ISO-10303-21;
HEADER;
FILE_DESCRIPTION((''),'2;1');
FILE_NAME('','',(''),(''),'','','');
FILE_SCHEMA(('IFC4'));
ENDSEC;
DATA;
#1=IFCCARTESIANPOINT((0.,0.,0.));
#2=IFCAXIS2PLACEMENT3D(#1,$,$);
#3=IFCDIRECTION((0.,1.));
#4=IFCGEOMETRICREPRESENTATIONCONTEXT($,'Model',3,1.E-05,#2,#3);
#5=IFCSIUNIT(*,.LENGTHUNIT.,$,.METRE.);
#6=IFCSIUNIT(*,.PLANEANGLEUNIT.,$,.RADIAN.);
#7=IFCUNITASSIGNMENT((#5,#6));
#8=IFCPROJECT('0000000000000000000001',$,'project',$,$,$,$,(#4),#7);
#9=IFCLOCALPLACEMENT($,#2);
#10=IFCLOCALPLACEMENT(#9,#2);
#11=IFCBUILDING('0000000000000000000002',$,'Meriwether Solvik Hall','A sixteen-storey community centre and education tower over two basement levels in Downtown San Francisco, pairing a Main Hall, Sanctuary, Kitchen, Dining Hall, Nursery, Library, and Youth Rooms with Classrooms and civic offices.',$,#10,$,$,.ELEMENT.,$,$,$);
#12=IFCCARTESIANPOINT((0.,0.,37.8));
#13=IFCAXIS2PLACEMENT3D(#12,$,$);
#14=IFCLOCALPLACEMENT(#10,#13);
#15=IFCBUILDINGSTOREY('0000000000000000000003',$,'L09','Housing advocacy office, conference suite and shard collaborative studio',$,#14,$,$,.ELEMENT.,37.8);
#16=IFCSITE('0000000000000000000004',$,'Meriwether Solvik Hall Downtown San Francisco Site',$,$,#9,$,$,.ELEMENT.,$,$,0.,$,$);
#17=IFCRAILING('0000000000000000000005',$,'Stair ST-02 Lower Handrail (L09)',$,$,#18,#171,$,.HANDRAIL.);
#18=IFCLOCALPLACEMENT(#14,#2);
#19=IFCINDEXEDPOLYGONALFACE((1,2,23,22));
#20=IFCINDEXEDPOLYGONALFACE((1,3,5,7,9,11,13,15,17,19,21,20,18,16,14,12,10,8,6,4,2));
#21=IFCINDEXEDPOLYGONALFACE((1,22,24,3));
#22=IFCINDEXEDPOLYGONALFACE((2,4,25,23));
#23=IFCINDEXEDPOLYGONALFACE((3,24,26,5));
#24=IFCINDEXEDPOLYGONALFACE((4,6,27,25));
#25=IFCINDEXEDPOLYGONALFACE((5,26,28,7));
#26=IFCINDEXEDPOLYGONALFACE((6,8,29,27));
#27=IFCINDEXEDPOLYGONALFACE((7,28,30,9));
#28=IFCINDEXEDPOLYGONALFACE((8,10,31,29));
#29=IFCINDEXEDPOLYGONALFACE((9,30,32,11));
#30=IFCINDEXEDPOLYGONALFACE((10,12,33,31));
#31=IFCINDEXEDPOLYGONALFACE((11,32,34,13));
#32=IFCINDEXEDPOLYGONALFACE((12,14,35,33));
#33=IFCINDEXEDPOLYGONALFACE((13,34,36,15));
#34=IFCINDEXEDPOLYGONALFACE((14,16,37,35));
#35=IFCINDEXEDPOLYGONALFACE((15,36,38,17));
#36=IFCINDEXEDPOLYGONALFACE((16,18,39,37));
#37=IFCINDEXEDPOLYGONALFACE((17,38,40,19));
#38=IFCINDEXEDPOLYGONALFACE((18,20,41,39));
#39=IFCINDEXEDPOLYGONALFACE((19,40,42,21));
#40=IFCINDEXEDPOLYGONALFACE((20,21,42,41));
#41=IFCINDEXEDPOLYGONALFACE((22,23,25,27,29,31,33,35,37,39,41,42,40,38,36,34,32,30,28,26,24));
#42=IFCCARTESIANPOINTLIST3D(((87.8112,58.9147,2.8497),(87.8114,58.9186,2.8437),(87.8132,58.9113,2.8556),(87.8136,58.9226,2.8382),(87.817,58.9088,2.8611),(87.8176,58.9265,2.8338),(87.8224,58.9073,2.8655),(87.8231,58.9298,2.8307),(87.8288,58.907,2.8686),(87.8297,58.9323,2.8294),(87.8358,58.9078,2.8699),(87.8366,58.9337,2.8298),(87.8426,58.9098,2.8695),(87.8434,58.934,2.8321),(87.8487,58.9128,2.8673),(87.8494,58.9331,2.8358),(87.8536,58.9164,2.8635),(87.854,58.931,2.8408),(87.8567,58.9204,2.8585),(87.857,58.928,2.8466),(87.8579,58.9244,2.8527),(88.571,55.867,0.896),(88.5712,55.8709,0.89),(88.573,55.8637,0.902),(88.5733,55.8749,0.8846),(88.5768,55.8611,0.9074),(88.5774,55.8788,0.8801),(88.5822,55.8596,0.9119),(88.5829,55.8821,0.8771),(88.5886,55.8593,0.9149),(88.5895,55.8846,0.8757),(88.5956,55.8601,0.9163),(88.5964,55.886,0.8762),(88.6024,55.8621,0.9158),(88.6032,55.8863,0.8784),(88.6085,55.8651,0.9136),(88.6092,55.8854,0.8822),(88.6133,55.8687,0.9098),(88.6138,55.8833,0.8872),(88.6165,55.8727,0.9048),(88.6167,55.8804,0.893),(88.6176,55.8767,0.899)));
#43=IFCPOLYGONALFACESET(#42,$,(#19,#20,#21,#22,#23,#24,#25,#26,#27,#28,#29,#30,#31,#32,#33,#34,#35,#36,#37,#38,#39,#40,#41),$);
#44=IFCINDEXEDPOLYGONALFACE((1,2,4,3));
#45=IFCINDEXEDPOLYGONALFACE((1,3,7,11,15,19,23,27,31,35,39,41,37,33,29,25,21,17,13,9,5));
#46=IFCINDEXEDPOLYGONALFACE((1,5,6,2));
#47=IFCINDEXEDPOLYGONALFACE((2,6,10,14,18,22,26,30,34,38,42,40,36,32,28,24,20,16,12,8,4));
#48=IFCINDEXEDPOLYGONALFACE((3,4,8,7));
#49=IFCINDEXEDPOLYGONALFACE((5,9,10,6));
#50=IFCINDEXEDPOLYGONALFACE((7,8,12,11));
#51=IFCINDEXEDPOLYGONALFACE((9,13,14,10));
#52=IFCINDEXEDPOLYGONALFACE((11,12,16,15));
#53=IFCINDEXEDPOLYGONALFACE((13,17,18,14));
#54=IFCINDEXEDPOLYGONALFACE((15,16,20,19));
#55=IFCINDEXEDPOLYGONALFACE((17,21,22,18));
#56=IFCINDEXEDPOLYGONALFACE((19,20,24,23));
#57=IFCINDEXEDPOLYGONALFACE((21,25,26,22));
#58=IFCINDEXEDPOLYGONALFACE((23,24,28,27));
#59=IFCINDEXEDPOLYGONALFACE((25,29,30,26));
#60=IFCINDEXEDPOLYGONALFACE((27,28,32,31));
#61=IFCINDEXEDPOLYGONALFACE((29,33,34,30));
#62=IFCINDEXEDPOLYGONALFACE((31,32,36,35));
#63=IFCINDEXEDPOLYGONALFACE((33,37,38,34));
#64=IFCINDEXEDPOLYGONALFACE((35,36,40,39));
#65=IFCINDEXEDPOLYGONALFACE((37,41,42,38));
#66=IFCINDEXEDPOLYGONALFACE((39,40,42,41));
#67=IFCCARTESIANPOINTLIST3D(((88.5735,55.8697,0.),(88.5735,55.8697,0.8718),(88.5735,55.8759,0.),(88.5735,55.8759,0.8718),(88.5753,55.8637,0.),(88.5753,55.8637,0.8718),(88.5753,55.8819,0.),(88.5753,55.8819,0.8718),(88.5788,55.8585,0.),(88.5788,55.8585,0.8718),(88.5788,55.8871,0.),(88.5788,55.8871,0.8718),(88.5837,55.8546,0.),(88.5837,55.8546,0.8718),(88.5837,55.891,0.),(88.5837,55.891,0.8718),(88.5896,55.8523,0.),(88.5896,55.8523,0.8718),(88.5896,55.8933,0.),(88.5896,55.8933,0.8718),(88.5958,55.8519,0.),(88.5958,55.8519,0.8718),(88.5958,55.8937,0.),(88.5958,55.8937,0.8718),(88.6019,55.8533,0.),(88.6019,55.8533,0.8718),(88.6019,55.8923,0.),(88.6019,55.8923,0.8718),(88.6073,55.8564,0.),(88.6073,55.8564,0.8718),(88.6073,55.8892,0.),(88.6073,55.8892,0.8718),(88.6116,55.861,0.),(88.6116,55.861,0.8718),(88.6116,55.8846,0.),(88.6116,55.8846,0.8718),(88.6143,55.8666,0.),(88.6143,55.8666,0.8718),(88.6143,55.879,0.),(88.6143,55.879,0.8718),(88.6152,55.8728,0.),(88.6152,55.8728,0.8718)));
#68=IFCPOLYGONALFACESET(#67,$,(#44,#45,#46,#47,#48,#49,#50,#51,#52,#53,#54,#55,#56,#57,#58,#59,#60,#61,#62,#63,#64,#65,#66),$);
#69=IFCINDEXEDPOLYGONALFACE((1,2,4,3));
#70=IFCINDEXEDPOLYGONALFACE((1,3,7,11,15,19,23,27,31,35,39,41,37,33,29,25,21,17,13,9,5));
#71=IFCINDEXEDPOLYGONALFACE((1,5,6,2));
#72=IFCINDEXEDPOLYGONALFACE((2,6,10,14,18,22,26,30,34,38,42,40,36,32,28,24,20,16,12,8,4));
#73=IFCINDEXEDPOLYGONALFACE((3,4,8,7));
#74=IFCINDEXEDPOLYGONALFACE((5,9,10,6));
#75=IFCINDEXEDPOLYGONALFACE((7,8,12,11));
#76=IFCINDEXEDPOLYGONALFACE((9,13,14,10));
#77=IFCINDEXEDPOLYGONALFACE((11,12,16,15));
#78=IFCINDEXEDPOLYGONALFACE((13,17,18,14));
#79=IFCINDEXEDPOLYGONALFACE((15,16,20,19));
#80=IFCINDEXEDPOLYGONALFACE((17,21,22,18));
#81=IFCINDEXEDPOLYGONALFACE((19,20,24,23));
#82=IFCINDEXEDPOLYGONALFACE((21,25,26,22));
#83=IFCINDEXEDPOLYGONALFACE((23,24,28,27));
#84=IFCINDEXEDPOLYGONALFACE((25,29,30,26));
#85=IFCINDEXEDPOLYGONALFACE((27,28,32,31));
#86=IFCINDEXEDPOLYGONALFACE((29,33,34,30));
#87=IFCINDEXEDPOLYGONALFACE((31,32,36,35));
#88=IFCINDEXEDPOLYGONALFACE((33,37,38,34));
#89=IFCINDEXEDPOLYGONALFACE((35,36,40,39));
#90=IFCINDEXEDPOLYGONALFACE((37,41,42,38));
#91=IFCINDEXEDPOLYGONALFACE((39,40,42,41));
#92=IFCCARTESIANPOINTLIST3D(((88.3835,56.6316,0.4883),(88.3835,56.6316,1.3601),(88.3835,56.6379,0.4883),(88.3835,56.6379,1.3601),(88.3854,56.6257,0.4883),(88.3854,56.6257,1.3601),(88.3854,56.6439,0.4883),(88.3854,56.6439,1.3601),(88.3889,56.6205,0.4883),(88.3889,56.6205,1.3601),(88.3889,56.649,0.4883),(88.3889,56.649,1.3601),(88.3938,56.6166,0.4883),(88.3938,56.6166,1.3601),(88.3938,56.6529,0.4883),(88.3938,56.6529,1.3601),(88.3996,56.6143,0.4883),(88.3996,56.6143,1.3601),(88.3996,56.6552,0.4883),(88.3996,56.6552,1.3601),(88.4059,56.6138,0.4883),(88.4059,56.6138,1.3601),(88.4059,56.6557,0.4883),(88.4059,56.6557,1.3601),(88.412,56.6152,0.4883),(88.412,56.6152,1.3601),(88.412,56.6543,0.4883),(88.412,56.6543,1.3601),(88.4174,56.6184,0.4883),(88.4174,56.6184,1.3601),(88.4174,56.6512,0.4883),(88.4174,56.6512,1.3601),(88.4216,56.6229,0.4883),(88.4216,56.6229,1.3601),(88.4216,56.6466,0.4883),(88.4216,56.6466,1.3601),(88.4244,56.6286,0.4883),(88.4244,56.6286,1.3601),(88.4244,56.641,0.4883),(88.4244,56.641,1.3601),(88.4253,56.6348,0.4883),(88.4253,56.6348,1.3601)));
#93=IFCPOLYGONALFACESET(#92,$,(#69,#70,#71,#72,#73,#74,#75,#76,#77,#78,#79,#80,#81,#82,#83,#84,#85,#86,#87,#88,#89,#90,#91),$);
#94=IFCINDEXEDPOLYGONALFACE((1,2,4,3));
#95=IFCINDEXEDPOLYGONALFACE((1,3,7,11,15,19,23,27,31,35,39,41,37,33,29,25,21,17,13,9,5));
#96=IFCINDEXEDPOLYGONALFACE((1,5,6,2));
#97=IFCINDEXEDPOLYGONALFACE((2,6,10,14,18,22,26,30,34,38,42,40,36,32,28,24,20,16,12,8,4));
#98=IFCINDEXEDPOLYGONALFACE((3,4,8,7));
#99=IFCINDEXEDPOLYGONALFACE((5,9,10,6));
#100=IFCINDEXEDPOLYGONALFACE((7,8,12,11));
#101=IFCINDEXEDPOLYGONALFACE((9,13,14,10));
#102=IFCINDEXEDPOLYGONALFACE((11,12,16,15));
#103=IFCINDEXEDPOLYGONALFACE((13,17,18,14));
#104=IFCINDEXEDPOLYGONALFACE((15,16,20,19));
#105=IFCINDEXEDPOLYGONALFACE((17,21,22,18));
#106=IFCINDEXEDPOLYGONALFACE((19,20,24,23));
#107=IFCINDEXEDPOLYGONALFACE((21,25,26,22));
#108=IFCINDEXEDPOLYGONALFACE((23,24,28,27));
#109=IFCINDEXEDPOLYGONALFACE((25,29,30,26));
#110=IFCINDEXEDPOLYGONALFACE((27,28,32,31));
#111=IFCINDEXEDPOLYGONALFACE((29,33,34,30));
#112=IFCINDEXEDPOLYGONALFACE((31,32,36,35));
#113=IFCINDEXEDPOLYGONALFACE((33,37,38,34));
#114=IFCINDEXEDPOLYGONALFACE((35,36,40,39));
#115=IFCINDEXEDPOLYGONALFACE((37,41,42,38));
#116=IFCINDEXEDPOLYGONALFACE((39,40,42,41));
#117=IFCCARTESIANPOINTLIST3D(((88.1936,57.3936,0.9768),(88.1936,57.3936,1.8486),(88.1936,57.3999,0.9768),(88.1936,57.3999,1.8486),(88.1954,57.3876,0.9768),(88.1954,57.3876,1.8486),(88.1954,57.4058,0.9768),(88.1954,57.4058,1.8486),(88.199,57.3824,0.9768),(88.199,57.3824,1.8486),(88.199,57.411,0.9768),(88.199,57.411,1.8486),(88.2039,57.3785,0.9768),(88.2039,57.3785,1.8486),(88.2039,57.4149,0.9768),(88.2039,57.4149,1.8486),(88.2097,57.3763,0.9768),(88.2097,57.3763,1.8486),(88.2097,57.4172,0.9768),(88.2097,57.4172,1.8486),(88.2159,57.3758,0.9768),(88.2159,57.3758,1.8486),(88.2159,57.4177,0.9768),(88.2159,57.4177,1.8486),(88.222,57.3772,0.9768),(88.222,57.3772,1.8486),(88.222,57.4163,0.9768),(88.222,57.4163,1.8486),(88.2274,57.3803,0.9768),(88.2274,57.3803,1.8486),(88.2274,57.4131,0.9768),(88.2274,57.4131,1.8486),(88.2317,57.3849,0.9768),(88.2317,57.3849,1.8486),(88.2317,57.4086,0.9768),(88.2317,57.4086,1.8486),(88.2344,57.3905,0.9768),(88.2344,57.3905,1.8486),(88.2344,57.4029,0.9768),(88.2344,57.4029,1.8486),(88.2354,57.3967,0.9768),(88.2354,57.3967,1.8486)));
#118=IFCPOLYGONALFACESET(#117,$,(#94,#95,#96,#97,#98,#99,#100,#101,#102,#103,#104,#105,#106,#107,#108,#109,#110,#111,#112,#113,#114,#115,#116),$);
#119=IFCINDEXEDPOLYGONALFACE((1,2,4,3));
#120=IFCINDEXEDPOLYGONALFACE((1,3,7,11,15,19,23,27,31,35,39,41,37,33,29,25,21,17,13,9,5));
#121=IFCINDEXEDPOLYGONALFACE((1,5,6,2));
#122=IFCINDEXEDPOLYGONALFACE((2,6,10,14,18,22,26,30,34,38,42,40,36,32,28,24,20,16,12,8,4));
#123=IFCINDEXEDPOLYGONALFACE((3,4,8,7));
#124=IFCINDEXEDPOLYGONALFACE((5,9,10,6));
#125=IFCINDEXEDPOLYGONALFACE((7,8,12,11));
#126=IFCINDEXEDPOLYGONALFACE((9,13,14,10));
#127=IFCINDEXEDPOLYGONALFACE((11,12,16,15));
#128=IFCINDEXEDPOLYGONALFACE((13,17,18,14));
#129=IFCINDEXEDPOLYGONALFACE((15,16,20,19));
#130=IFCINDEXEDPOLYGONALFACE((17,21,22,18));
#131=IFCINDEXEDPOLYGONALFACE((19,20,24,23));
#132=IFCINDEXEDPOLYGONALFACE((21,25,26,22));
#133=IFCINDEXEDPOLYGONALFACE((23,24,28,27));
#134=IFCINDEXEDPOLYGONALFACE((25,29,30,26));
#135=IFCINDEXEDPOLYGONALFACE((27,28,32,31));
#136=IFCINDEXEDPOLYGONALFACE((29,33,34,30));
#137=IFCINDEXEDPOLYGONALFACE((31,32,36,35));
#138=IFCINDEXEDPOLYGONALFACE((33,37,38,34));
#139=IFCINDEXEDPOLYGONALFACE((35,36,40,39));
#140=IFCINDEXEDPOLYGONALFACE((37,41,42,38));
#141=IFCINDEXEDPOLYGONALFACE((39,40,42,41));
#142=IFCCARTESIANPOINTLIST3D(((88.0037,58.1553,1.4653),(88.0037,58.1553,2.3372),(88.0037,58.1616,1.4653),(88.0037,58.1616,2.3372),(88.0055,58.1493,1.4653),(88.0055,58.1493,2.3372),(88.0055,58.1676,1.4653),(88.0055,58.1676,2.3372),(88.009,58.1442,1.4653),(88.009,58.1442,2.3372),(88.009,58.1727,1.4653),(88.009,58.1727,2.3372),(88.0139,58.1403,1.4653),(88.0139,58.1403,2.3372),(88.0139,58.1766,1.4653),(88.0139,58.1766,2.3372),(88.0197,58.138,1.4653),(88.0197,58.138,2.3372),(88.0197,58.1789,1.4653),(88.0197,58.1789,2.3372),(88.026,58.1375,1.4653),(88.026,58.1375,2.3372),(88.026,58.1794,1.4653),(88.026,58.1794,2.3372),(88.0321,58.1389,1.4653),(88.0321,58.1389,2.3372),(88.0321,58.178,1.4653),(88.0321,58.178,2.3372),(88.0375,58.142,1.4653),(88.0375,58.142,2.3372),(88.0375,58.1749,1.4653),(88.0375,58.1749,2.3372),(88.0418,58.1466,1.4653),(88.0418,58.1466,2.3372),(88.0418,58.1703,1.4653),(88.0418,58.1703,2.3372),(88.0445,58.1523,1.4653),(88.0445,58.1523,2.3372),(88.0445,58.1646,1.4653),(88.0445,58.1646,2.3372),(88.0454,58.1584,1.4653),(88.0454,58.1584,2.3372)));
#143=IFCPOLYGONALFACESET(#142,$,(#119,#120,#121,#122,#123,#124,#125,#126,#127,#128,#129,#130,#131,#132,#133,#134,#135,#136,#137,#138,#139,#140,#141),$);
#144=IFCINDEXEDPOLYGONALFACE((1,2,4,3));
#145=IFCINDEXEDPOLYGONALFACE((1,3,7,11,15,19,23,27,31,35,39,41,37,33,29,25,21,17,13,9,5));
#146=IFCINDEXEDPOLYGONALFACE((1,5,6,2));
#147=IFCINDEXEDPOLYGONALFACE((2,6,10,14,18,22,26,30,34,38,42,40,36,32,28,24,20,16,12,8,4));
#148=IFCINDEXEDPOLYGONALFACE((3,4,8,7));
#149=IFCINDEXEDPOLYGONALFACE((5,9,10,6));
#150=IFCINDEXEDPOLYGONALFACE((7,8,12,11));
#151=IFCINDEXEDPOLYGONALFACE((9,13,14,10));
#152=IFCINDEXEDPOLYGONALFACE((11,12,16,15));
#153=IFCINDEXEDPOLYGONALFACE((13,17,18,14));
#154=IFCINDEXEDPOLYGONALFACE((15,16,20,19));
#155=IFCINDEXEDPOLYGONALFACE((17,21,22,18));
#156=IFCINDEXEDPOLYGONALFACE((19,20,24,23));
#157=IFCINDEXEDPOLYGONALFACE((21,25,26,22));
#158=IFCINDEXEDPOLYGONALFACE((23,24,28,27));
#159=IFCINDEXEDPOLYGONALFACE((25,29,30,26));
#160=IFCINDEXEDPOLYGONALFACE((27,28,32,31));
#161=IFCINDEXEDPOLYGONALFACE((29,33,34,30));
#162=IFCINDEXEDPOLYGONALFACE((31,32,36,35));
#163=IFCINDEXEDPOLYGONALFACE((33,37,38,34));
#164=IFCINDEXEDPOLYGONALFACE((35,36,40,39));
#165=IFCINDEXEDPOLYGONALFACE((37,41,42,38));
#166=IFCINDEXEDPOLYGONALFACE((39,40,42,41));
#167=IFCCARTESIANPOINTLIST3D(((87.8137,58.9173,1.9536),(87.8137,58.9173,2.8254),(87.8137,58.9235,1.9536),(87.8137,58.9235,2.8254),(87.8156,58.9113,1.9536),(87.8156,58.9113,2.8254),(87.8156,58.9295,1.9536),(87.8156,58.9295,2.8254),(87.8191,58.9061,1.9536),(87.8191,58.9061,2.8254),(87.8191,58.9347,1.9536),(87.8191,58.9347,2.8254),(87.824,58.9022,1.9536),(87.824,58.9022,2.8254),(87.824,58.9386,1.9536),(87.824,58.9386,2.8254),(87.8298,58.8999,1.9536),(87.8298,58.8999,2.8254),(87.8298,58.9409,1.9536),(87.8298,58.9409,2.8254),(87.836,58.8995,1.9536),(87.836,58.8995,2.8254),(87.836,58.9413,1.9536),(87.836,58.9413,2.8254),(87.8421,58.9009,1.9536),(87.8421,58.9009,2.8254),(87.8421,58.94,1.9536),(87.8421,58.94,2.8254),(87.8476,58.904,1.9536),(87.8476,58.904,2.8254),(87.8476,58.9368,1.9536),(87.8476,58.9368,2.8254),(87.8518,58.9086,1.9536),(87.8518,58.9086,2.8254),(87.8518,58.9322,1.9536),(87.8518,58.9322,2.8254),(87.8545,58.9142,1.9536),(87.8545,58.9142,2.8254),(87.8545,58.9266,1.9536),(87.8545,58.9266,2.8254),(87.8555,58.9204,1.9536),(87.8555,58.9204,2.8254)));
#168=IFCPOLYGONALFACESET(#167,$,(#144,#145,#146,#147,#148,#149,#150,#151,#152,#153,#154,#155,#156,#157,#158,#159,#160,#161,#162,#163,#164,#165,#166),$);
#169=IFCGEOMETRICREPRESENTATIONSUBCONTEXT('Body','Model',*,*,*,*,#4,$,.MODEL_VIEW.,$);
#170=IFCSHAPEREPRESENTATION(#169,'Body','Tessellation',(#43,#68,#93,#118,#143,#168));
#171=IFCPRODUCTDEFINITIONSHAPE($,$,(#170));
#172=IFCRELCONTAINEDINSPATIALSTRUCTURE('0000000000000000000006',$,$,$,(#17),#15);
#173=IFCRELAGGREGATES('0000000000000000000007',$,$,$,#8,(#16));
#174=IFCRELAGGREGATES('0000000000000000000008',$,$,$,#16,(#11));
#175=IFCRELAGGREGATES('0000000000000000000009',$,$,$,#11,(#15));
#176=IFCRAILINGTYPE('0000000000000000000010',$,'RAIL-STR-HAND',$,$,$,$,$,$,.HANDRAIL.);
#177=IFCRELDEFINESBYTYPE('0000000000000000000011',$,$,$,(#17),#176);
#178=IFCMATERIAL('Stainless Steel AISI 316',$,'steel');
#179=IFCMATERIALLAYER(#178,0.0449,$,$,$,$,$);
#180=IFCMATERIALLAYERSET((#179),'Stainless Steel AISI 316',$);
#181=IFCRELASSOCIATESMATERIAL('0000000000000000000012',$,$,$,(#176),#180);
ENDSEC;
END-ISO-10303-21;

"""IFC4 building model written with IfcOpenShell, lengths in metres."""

from ifc_helpers import new_model, si_unit, direction, frame, origin, origin_2d, place, context, subcontext, project, spatial, circle, extrude, material, layer, layer_set, type_object, element, save


model = new_model("IFC4")

# Units and contexts
model_context = context("Model", 3, precision=1e-05, world=origin(), true_north=direction((0.0, 1.0)))
body_context = subcontext(model_context, "Body", "Model", "MODEL_VIEW")
ifc_project = project(units=[si_unit("LENGTHUNIT", "METRE"), si_unit("PLANEANGLEUNIT", "RADIAN")], contexts=[model_context])

# Site, building, storey
site_placement = place(None, origin())
site = spatial("IfcSite", under=ifc_project, at=site_placement, Name="Meriwether Solvik Hall Downtown San Francisco Site", CompositionType="ELEMENT", RefElevation=0.0)
building_placement = place(site_placement, origin())
building = spatial("IfcBuilding", under=site, at=building_placement, Name="Meriwether Solvik Hall", Description="A sixteen-storey community centre and education tower over two basement levels in Downtown San Francisco, pairing a Main Hall, Sanctuary, Kitchen, Dining Hall, Nursery, Library, and Youth Rooms with Classrooms and civic offices.", CompositionType="ELEMENT")
storey_placement = place(building_placement, frame((0.0, 0.0, 37.8)))
storey = spatial("IfcBuildingStorey", under=building, at=storey_placement, Name="L09", Description="Housing advocacy office, conference suite and shard collaborative studio", CompositionType="ELEMENT", Elevation=37.8)

# Railing
ifc_material_1 = material(Name="Stainless Steel AISI 316", Category="steel")
ifc_layer_1 = layer(ifc_material_1, 0.0449)
ifc_layer_set_1 = layer_set([ifc_layer_1], Name="Stainless Steel AISI 316")
railing_type_1 = type_object("IfcRailingType", Name="RAIL-STR-HAND", PredefinedType="HANDRAIL", material=ifc_layer_set_1)
railing_1_placement = place(storey_placement, frame((88.5942, 55.8728, 0.0)))
element("IfcRailing", 1, at=railing_1_placement, inside=storey, type_object=railing_type_1, Name="Stair ST-02 Lower Handrail (L09)", PredefinedType="HANDRAIL", context=body_context, shape_type="SweptSolid", body=[
    extrude(circle(Radius=0.0239, at=origin_2d()), frame((0.0, 0.0, 0.896), z_axis=(-0.205404, 0.823926, 0.528163), x_axis=(-0.970302, -0.241895, 0.0)), (0.0, 0.0, 1.0), 3.699),
    extrude(circle(Radius=0.021, at=origin_2d()), origin(), (0.0, 0.0, 1.0), 0.8718),
    extrude(circle(Radius=0.021, at=origin_2d()), frame((-0.1899, 0.762, 0.4883)), (0.0, 0.0, 1.0), 0.8718),
    extrude(circle(Radius=0.021, at=origin_2d()), frame((-0.3799, 1.5239, 0.9768)), (0.0, 0.0, 1.0), 0.8718),
    extrude(circle(Radius=0.021, at=origin_2d()), frame((-0.5698, 2.2856, 1.4653)), (0.0, 0.0, 1.0), 0.8718),
    extrude(circle(Radius=0.021, at=origin_2d()), frame((-0.7598, 3.0476, 1.9536)), (0.0, 0.0, 1.0), 0.8718),
])

save(model, "model.ifc")
